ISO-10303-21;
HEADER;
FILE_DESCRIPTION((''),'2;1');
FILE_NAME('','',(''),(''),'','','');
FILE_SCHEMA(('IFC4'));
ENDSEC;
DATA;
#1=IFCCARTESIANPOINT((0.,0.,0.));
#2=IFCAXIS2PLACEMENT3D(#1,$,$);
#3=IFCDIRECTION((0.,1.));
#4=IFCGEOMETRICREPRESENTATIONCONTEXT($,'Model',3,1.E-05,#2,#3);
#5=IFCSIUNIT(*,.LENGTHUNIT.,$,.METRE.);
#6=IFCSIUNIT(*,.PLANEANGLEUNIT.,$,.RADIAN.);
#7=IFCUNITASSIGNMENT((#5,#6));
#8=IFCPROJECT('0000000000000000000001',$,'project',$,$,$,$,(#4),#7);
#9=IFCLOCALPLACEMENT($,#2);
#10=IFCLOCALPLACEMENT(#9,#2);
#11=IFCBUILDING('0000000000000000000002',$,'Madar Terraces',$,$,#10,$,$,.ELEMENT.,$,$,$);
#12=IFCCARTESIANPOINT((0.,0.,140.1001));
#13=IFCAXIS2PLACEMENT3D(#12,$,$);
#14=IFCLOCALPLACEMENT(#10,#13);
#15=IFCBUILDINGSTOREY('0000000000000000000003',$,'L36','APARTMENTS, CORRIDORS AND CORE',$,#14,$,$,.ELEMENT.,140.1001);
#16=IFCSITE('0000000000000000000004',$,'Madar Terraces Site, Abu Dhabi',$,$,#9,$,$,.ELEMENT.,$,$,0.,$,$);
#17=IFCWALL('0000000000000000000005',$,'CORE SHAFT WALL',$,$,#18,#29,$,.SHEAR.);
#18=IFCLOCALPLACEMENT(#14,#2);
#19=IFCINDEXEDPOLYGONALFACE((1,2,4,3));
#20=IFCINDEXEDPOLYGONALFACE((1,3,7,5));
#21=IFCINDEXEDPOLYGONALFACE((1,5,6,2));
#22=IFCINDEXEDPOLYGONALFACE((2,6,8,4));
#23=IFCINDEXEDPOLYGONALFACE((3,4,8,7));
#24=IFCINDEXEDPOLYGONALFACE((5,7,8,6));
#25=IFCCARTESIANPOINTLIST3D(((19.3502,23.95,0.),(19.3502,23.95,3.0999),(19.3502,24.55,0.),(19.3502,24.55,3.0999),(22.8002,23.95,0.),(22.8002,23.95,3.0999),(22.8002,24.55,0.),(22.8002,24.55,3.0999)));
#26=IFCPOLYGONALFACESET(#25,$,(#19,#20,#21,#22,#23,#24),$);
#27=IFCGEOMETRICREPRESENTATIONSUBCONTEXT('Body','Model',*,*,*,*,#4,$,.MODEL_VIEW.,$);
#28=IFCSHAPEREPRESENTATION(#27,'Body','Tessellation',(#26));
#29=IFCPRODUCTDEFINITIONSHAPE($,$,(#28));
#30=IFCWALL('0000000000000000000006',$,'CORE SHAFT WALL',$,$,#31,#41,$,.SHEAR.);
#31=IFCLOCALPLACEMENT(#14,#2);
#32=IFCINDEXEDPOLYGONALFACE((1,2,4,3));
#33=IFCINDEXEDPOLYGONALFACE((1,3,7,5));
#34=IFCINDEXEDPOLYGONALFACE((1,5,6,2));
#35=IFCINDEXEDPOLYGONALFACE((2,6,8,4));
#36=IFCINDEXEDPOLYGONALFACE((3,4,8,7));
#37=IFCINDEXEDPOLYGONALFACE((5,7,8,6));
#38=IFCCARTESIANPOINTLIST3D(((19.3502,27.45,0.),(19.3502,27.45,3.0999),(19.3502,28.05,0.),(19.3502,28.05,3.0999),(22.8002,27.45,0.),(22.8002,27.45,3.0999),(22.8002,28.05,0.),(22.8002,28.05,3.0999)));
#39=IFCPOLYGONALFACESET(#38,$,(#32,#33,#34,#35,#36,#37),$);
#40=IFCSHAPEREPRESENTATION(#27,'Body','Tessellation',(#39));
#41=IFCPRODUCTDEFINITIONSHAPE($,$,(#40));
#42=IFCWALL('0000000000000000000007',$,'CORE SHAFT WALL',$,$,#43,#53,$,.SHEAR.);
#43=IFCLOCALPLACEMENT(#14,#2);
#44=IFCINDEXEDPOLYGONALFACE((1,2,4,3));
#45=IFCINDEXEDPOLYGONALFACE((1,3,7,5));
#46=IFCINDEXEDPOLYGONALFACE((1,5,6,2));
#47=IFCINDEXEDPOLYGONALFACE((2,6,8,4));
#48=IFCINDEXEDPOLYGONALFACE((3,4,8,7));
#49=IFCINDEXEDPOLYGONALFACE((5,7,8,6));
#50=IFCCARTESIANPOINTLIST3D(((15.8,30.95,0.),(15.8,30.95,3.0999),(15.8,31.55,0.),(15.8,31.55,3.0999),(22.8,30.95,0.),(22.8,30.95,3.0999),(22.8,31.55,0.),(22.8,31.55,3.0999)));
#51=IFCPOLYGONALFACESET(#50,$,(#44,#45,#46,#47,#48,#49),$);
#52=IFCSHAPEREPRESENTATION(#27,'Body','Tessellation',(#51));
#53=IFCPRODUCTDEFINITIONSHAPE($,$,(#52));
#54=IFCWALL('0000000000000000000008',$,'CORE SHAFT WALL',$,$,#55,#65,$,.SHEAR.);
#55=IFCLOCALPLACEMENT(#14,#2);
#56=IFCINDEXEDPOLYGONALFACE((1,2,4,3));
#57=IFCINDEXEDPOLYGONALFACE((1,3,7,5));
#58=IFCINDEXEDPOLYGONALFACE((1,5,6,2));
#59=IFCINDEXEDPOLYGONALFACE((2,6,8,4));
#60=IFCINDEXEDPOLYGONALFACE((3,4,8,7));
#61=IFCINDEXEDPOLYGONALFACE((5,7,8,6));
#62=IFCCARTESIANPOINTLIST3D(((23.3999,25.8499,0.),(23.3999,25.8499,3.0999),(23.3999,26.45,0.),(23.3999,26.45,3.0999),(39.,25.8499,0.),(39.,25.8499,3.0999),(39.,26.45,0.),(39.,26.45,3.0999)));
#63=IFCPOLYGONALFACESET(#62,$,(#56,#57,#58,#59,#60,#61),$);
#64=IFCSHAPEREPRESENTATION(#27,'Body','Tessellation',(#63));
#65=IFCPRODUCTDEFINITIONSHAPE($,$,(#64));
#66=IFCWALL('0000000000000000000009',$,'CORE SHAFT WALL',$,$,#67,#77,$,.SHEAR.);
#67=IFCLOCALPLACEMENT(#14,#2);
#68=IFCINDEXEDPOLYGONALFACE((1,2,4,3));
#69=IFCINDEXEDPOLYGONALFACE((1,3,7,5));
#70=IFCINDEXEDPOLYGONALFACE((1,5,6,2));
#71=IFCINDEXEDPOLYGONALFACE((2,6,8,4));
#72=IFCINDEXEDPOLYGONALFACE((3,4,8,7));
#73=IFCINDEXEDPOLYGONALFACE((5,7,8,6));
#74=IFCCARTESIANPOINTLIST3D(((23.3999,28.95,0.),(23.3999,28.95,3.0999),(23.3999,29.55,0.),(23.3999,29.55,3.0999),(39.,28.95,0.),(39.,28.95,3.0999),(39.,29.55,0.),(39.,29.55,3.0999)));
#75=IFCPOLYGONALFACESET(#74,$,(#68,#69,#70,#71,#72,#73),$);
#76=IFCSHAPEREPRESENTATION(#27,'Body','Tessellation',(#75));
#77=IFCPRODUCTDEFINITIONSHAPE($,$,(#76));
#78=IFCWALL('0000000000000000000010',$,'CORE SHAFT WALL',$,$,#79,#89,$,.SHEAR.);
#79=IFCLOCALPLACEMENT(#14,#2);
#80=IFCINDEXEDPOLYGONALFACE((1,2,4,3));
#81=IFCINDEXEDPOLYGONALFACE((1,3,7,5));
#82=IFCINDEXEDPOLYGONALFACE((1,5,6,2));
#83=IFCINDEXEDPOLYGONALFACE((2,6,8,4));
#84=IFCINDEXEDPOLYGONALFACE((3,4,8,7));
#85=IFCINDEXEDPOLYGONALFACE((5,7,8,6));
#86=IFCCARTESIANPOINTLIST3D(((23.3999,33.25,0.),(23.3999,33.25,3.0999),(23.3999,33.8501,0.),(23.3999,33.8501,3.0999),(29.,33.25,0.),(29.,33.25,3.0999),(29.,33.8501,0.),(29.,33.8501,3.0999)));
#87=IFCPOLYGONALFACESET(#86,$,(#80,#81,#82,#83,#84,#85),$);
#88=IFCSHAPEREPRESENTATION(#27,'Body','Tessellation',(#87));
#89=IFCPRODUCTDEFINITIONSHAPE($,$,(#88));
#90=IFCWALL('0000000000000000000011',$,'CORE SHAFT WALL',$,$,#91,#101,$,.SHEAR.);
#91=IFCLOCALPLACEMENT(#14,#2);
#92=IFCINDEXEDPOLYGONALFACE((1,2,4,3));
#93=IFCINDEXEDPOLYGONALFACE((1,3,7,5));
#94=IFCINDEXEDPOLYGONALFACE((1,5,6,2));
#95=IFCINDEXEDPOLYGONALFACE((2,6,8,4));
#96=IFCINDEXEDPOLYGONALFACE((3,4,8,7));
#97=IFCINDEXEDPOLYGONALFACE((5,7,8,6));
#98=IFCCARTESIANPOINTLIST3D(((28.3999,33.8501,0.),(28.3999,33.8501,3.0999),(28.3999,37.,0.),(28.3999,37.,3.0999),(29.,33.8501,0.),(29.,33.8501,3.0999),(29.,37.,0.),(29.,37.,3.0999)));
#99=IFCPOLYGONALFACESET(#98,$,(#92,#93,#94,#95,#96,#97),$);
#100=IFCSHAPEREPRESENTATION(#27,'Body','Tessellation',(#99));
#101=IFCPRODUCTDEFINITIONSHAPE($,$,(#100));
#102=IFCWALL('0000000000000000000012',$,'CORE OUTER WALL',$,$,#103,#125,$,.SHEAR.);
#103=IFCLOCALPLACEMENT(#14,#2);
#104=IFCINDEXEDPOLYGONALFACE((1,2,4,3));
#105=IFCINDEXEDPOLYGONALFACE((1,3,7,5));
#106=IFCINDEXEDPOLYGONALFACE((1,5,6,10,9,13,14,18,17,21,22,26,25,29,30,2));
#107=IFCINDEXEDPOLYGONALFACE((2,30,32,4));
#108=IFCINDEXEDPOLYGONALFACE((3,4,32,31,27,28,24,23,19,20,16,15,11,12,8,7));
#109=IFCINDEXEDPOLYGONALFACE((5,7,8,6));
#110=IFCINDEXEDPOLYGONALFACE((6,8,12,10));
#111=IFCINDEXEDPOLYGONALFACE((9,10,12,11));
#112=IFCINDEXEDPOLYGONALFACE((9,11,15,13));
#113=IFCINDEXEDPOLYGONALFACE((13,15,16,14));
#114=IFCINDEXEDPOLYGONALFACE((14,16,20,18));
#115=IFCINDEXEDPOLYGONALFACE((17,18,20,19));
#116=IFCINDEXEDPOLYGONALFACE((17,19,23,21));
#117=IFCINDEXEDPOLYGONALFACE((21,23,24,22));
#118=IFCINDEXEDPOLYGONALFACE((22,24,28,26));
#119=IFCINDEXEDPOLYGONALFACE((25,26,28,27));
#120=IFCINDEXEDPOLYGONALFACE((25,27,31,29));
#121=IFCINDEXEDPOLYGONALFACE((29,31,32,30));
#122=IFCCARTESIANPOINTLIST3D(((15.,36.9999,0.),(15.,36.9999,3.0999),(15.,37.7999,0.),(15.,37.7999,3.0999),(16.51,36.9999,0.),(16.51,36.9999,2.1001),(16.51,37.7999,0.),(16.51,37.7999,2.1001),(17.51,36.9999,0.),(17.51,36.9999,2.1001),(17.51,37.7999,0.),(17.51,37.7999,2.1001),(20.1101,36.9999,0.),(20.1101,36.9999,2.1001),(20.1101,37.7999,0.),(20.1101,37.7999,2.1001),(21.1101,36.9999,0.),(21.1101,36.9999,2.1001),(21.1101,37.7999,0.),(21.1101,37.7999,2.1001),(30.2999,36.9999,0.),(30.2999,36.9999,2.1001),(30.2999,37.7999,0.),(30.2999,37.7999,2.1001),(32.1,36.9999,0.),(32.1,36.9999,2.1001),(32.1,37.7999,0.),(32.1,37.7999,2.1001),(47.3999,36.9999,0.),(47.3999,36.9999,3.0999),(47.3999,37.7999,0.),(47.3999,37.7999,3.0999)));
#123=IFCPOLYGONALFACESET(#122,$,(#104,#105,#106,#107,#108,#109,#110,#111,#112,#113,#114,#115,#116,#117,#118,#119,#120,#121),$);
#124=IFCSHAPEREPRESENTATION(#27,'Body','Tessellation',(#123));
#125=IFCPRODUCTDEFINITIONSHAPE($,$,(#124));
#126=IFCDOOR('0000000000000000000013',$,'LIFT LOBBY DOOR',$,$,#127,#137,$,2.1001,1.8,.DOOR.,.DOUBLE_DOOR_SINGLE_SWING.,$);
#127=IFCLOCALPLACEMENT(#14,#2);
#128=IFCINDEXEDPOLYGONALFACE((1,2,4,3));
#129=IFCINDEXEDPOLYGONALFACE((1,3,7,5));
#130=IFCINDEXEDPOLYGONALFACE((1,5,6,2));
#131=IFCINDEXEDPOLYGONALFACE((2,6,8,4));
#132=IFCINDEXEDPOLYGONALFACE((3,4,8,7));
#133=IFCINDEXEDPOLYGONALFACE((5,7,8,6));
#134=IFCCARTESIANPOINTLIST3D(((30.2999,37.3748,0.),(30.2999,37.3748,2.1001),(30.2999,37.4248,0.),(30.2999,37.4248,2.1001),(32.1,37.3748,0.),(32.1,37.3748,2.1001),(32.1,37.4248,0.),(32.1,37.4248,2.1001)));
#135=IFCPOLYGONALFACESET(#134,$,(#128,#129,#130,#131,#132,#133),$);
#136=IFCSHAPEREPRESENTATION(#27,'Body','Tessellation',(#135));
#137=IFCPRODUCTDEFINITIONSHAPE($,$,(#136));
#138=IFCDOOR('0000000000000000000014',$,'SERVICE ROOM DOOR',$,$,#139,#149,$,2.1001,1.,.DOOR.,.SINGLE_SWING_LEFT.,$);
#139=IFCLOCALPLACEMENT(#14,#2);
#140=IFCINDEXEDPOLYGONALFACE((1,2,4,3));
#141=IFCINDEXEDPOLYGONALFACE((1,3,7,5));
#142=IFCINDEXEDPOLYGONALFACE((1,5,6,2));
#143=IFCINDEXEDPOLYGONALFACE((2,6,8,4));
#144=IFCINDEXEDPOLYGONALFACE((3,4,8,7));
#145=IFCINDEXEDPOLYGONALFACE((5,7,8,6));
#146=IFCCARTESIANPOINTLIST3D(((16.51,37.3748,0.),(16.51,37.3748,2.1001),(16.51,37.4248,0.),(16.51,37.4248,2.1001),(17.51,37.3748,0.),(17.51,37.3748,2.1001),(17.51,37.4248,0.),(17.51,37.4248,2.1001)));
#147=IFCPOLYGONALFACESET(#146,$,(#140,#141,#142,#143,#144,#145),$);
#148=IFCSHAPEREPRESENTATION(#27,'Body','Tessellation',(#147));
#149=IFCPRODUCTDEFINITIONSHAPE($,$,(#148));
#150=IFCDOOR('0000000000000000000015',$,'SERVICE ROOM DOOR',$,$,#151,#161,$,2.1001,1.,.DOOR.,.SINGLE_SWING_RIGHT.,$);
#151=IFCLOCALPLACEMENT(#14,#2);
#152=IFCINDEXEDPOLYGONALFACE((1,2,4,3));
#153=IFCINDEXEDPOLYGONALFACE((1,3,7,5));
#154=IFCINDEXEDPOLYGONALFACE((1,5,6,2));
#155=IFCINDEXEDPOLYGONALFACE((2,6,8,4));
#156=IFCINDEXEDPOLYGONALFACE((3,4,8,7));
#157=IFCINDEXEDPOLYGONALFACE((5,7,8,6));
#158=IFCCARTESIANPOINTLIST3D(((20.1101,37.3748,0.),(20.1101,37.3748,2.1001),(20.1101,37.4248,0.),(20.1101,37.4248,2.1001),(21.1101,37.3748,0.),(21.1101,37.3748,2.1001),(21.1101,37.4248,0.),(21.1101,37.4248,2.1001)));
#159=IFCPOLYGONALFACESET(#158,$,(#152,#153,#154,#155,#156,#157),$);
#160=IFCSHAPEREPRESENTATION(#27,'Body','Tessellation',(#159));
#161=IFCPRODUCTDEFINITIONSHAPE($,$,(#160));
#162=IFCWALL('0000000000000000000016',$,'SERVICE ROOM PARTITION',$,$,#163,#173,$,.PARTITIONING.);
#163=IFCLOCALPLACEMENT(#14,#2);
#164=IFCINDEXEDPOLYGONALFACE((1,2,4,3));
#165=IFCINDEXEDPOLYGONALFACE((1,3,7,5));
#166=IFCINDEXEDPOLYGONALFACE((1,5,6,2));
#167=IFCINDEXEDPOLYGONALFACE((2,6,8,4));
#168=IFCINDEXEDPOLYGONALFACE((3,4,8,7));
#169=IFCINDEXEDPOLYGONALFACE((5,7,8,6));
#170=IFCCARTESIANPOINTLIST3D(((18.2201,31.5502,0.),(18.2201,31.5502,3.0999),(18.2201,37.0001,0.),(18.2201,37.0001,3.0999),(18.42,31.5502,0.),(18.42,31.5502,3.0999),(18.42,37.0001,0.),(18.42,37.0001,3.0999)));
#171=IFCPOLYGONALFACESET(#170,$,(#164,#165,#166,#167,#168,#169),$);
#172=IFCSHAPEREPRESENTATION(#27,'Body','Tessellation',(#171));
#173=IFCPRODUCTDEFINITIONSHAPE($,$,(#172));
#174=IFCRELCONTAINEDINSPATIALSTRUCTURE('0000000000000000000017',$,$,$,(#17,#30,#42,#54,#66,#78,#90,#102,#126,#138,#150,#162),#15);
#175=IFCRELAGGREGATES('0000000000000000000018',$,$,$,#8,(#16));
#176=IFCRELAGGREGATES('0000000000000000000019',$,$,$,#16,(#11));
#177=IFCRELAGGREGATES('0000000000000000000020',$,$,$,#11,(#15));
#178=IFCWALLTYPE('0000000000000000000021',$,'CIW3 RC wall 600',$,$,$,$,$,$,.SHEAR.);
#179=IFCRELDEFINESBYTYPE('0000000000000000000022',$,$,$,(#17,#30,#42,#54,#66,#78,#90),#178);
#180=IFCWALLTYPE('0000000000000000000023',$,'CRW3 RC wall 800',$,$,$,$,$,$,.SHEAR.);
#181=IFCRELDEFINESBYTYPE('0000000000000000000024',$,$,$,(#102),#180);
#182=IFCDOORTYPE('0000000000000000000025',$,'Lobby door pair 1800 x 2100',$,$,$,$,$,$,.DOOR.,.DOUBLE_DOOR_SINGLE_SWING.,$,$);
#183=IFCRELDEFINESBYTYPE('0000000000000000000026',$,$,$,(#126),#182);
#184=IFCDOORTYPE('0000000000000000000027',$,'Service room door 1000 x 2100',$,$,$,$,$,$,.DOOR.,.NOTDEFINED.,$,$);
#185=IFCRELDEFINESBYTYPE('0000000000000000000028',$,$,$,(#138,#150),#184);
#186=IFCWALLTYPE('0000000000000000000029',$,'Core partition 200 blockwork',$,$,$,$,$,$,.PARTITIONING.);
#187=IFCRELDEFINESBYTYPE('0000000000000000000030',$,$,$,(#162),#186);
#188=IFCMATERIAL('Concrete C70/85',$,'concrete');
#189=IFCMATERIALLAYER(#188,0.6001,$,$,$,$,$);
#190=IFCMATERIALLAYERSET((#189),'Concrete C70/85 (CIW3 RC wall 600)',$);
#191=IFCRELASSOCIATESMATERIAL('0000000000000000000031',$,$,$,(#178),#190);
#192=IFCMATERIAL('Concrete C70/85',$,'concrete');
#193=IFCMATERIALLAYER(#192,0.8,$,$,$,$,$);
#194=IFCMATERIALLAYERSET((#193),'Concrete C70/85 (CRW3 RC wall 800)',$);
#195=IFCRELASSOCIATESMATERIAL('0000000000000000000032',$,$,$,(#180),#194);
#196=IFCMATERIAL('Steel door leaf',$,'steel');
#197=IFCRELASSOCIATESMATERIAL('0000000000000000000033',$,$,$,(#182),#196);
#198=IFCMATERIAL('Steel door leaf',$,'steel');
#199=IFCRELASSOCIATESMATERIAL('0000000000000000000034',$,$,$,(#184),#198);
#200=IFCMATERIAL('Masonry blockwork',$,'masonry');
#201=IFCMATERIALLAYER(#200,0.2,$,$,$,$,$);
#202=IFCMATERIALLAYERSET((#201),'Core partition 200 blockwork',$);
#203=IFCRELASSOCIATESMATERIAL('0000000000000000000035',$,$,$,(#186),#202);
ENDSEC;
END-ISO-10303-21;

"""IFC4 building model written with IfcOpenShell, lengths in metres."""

from ifc_helpers import new_model, si_unit, direction, frame, frame_2d, origin, place, context, subcontext, project, spatial, rectangle, extrude, material, layer, layer_set, type_object, element, fill, save


model = new_model("IFC4")

# Units and contexts
model_context = context("Model", 3, precision=1e-05, world=origin(), true_north=direction((0.0, 1.0)))
body_context = subcontext(model_context, "Body", "Model", "MODEL_VIEW")
ifc_project = project(units=[si_unit("LENGTHUNIT", "METRE"), si_unit("PLANEANGLEUNIT", "RADIAN")], contexts=[model_context])

# Site, building, storey
site_placement = place(None, origin())
site = spatial("IfcSite", under=ifc_project, at=site_placement, Name="Madar Terraces Site, Abu Dhabi", CompositionType="ELEMENT", RefElevation=0.0)
building_placement = place(site_placement, origin())
building = spatial("IfcBuilding", under=site, at=building_placement, Name="Madar Terraces", CompositionType="ELEMENT")
storey_placement = place(building_placement, frame((0.0, 0.0, 140.1001)))
storey = spatial("IfcBuildingStorey", under=building, at=storey_placement, Name="L36", Description="APARTMENTS, CORRIDORS AND CORE", CompositionType="ELEMENT", Elevation=140.1001)

# Walls
ifc_material_1 = material(Name="Concrete C70/85", Category="concrete")
ifc_layer_1 = layer(ifc_material_1, 0.6001)
ifc_layer_set_1 = layer_set([ifc_layer_1], Name="Concrete C70/85 (CIW3 RC wall 600)")
wall_type_1 = type_object("IfcWallType", Name="CIW3 RC wall 600", PredefinedType="SHEAR", material=ifc_layer_set_1)
for number, where, z_axis, x_axis, name in (
    (1, (19.3501, 24.25, 0.0), (0.0, 0.0, 1.0), (1.0, 0.0, 0.0), "CORE SHAFT WALL"),
    (2, (19.3501, 27.75, 0.0), (0.0, 0.0, 1.0), (1.0, 0.0, 0.0), "CORE SHAFT WALL"),
):
    element("IfcWall", number, at=place(storey_placement, frame(where, z_axis=z_axis, x_axis=x_axis)), inside=storey, type_object=wall_type_1, Name=name, PredefinedType="SHEAR", context=body_context, shape_type="SweptSolid", body=[
        extrude(rectangle(XDim=3.45, YDim=0.6001, at=frame_2d((1.7251, 0.0))), origin(), (0.0, 0.0, 1.0), 3.0999),
    ])
wall_1_placement = place(storey_placement, frame((15.8, 31.25, 0.0), z_axis=(0.0, 0.0, 1.0), x_axis=(1.0, 0.0, 0.0)))
element("IfcWall", 3, at=wall_1_placement, inside=storey, type_object=wall_type_1, Name="CORE SHAFT WALL", PredefinedType="SHEAR", context=body_context, shape_type="SweptSolid", body=[
    extrude(rectangle(XDim=7.0, YDim=0.6001, at=frame_2d((3.5, 0.0))), origin(), (0.0, 0.0, 1.0), 3.0999),
])
for number, where, z_axis, x_axis, name in (
    (4, (23.3999, 26.1499, 0.0), (0.0, 0.0, 1.0), (1.0, 0.0, 0.0), "CORE SHAFT WALL"),
    (5, (23.3999, 29.25, 0.0), (0.0, 0.0, 1.0), (1.0, 0.0, 0.0), "CORE SHAFT WALL"),
):
    element("IfcWall", number, at=place(storey_placement, frame(where, z_axis=z_axis, x_axis=x_axis)), inside=storey, type_object=wall_type_1, Name=name, PredefinedType="SHEAR", context=body_context, shape_type="SweptSolid", body=[
        extrude(rectangle(XDim=15.6001, YDim=0.6001, at=frame_2d((7.8, 0.0))), origin(), (0.0, 0.0, 1.0), 3.0999),
    ])
wall_2_placement = place(storey_placement, frame((23.3999, 33.55, 0.0), z_axis=(0.0, 0.0, 1.0), x_axis=(1.0, 0.0, 0.0)))
element("IfcWall", 6, at=wall_2_placement, inside=storey, type_object=wall_type_1, Name="CORE SHAFT WALL", PredefinedType="SHEAR", context=body_context, shape_type="SweptSolid", body=[
    extrude(rectangle(XDim=5.6001, YDim=0.6001, at=frame_2d((2.8, 0.0))), origin(), (0.0, 0.0, 1.0), 3.0999),
])
wall_3_placement = place(storey_placement, frame((28.7, 33.8501, 0.0), z_axis=(0.0, 0.0, 1.0), x_axis=(0.0, 1.0, 0.0)))
element("IfcWall", 7, at=wall_3_placement, inside=storey, type_object=wall_type_1, Name="CORE SHAFT WALL", PredefinedType="SHEAR", context=body_context, shape_type="SweptSolid", body=[
    extrude(rectangle(XDim=3.1499, YDim=0.6001, at=frame_2d((1.575, 0.0))), origin(), (0.0, 0.0, 1.0), 3.0999),
])

# Wall, openings, doors
ifc_material_2 = material(Name="Concrete C70/85", Category="concrete")
ifc_layer_2 = layer(ifc_material_2, 0.8)
ifc_layer_set_2 = layer_set([ifc_layer_2], Name="Concrete C70/85 (CRW3 RC wall 800)")
wall_type_2 = type_object("IfcWallType", Name="CRW3 RC wall 800", PredefinedType="SHEAR", material=ifc_layer_set_2)
wall_4_placement = place(storey_placement, frame((15.0, 37.3999, 0.0), z_axis=(0.0, 0.0, 1.0), x_axis=(1.0, 0.0, 0.0)))
wall_4 = element("IfcWall", 8, at=wall_4_placement, inside=storey, type_object=wall_type_2, Name="CORE OUTER WALL", PredefinedType="SHEAR", context=body_context, shape_type="SweptSolid", body=[
    extrude(rectangle(XDim=32.3999, YDim=0.8, at=frame_2d((16.2, 0.0))), origin(), (0.0, 0.0, 1.0), 3.0999),
])
opening_1_placement = place(wall_4_placement, frame((15.3, 0.0, 0.0)))
opening_1 = element("IfcOpeningElement", 9, at=opening_1_placement, cuts=wall_4, PredefinedType="OPENING", context=body_context, shape_type="SweptSolid", body=[
    extrude(rectangle(XDim=1.8, YDim=2.1001, at=frame_2d((0.8999, 1.05))), frame((0.0, 0.4099, 0.0), z_axis=(0.0, -1.0, 0.0), x_axis=(1.0, 0.0, 0.0)), (0.0, 0.0, 1.0), 0.8201),
])
opening_2_placement = place(wall_4_placement, frame((1.51, 0.0, 0.0)))
opening_2 = element("IfcOpeningElement", 10, at=opening_2_placement, cuts=wall_4, PredefinedType="OPENING", context=body_context, shape_type="SweptSolid", body=[
    extrude(rectangle(XDim=1.0, YDim=2.1001, at=frame_2d((0.5, 1.05))), frame((0.0, 0.4099, 0.0), z_axis=(0.0, -1.0, 0.0), x_axis=(1.0, 0.0, 0.0)), (0.0, 0.0, 1.0), 0.8201),
])
opening_3_placement = place(wall_4_placement, frame((5.1101, 0.0, 0.0)))
opening_3 = element("IfcOpeningElement", 11, at=opening_3_placement, cuts=wall_4, PredefinedType="OPENING", context=body_context, shape_type="SweptSolid", body=[
    extrude(rectangle(XDim=1.0, YDim=2.1001, at=frame_2d((0.5, 1.05))), frame((0.0, 0.4099, 0.0), z_axis=(0.0, -1.0, 0.0), x_axis=(1.0, 0.0, 0.0)), (0.0, 0.0, 1.0), 0.8201),
])
ifc_material_3 = material(Name="Steel door leaf", Category="steel")
door_type_1 = type_object("IfcDoorType", Name="Lobby door pair 1800 x 2100", OperationType="DOUBLE_DOOR_SINGLE_SWING", PredefinedType="DOOR", material=ifc_material_3)
door_1_placement = place(opening_1_placement, origin())
door_1 = element("IfcDoor", 12, at=door_1_placement, inside=storey, type_object=door_type_1, Name="LIFT LOBBY DOOR", OperationType="DOUBLE_DOOR_SINGLE_SWING", OverallHeight=2.1001, OverallWidth=1.8, PredefinedType="DOOR", context=body_context, shape_type="SweptSolid", body=[
    extrude(rectangle(XDim=1.8, YDim=2.1001, at=frame_2d((0.8999, 1.05))), frame((0.0, 0.0249, 0.0), z_axis=(0.0, -1.0, 0.0), x_axis=(1.0, 0.0, 0.0)), (0.0, 0.0, 1.0), 0.05),
])
fill(opening_1, door_1)
ifc_material_4 = material(Name="Steel door leaf", Category="steel")
door_type_2 = type_object("IfcDoorType", Name="Service room door 1000 x 2100", OperationType="NOTDEFINED", PredefinedType="DOOR", material=ifc_material_4)
door_2_placement = place(opening_2_placement, origin())
door_2 = element("IfcDoor", 13, at=door_2_placement, inside=storey, type_object=door_type_2, Name="SERVICE ROOM DOOR", OperationType="SINGLE_SWING_LEFT", OverallHeight=2.1001, OverallWidth=1.0, PredefinedType="DOOR", context=body_context, shape_type="SweptSolid", body=[
    extrude(rectangle(XDim=1.0, YDim=2.1001, at=frame_2d((0.5, 1.05))), frame((0.0, 0.0249, 0.0), z_axis=(0.0, -1.0, 0.0), x_axis=(1.0, 0.0, 0.0)), (0.0, 0.0, 1.0), 0.05),
])
fill(opening_2, door_2)
door_3_placement = place(opening_3_placement, origin())
door_3 = element("IfcDoor", 14, at=door_3_placement, inside=storey, type_object=door_type_2, Name="SERVICE ROOM DOOR", OperationType="SINGLE_SWING_RIGHT", OverallHeight=2.1001, OverallWidth=1.0, PredefinedType="DOOR", context=body_context, shape_type="SweptSolid", body=[
    extrude(rectangle(XDim=1.0, YDim=2.1001, at=frame_2d((0.5, 1.05))), frame((0.0, 0.0249, 0.0), z_axis=(0.0, -1.0, 0.0), x_axis=(1.0, 0.0, 0.0)), (0.0, 0.0, 1.0), 0.05),
])
fill(opening_3, door_3)

# Wall
ifc_material_5 = material(Name="Masonry blockwork", Category="masonry")
ifc_layer_3 = layer(ifc_material_5, 0.2)
ifc_layer_set_3 = layer_set([ifc_layer_3], Name="Core partition 200 blockwork")
wall_type_3 = type_object("IfcWallType", Name="Core partition 200 blockwork", PredefinedType="PARTITIONING", material=ifc_layer_set_3)
wall_5_placement = place(storey_placement, frame((18.3201, 31.55, 0.0), z_axis=(0.0, 0.0, 1.0), x_axis=(0.0, 1.0, 0.0)))
element("IfcWall", 15, at=wall_5_placement, inside=storey, type_object=wall_type_3, Name="SERVICE ROOM PARTITION", PredefinedType="PARTITIONING", context=body_context, shape_type="SweptSolid", body=[
    extrude(rectangle(XDim=5.45, YDim=0.2, at=frame_2d((2.7251, 0.0))), origin(), (0.0, 0.0, 1.0), 3.0999),
])

save(model, "model.ifc")
